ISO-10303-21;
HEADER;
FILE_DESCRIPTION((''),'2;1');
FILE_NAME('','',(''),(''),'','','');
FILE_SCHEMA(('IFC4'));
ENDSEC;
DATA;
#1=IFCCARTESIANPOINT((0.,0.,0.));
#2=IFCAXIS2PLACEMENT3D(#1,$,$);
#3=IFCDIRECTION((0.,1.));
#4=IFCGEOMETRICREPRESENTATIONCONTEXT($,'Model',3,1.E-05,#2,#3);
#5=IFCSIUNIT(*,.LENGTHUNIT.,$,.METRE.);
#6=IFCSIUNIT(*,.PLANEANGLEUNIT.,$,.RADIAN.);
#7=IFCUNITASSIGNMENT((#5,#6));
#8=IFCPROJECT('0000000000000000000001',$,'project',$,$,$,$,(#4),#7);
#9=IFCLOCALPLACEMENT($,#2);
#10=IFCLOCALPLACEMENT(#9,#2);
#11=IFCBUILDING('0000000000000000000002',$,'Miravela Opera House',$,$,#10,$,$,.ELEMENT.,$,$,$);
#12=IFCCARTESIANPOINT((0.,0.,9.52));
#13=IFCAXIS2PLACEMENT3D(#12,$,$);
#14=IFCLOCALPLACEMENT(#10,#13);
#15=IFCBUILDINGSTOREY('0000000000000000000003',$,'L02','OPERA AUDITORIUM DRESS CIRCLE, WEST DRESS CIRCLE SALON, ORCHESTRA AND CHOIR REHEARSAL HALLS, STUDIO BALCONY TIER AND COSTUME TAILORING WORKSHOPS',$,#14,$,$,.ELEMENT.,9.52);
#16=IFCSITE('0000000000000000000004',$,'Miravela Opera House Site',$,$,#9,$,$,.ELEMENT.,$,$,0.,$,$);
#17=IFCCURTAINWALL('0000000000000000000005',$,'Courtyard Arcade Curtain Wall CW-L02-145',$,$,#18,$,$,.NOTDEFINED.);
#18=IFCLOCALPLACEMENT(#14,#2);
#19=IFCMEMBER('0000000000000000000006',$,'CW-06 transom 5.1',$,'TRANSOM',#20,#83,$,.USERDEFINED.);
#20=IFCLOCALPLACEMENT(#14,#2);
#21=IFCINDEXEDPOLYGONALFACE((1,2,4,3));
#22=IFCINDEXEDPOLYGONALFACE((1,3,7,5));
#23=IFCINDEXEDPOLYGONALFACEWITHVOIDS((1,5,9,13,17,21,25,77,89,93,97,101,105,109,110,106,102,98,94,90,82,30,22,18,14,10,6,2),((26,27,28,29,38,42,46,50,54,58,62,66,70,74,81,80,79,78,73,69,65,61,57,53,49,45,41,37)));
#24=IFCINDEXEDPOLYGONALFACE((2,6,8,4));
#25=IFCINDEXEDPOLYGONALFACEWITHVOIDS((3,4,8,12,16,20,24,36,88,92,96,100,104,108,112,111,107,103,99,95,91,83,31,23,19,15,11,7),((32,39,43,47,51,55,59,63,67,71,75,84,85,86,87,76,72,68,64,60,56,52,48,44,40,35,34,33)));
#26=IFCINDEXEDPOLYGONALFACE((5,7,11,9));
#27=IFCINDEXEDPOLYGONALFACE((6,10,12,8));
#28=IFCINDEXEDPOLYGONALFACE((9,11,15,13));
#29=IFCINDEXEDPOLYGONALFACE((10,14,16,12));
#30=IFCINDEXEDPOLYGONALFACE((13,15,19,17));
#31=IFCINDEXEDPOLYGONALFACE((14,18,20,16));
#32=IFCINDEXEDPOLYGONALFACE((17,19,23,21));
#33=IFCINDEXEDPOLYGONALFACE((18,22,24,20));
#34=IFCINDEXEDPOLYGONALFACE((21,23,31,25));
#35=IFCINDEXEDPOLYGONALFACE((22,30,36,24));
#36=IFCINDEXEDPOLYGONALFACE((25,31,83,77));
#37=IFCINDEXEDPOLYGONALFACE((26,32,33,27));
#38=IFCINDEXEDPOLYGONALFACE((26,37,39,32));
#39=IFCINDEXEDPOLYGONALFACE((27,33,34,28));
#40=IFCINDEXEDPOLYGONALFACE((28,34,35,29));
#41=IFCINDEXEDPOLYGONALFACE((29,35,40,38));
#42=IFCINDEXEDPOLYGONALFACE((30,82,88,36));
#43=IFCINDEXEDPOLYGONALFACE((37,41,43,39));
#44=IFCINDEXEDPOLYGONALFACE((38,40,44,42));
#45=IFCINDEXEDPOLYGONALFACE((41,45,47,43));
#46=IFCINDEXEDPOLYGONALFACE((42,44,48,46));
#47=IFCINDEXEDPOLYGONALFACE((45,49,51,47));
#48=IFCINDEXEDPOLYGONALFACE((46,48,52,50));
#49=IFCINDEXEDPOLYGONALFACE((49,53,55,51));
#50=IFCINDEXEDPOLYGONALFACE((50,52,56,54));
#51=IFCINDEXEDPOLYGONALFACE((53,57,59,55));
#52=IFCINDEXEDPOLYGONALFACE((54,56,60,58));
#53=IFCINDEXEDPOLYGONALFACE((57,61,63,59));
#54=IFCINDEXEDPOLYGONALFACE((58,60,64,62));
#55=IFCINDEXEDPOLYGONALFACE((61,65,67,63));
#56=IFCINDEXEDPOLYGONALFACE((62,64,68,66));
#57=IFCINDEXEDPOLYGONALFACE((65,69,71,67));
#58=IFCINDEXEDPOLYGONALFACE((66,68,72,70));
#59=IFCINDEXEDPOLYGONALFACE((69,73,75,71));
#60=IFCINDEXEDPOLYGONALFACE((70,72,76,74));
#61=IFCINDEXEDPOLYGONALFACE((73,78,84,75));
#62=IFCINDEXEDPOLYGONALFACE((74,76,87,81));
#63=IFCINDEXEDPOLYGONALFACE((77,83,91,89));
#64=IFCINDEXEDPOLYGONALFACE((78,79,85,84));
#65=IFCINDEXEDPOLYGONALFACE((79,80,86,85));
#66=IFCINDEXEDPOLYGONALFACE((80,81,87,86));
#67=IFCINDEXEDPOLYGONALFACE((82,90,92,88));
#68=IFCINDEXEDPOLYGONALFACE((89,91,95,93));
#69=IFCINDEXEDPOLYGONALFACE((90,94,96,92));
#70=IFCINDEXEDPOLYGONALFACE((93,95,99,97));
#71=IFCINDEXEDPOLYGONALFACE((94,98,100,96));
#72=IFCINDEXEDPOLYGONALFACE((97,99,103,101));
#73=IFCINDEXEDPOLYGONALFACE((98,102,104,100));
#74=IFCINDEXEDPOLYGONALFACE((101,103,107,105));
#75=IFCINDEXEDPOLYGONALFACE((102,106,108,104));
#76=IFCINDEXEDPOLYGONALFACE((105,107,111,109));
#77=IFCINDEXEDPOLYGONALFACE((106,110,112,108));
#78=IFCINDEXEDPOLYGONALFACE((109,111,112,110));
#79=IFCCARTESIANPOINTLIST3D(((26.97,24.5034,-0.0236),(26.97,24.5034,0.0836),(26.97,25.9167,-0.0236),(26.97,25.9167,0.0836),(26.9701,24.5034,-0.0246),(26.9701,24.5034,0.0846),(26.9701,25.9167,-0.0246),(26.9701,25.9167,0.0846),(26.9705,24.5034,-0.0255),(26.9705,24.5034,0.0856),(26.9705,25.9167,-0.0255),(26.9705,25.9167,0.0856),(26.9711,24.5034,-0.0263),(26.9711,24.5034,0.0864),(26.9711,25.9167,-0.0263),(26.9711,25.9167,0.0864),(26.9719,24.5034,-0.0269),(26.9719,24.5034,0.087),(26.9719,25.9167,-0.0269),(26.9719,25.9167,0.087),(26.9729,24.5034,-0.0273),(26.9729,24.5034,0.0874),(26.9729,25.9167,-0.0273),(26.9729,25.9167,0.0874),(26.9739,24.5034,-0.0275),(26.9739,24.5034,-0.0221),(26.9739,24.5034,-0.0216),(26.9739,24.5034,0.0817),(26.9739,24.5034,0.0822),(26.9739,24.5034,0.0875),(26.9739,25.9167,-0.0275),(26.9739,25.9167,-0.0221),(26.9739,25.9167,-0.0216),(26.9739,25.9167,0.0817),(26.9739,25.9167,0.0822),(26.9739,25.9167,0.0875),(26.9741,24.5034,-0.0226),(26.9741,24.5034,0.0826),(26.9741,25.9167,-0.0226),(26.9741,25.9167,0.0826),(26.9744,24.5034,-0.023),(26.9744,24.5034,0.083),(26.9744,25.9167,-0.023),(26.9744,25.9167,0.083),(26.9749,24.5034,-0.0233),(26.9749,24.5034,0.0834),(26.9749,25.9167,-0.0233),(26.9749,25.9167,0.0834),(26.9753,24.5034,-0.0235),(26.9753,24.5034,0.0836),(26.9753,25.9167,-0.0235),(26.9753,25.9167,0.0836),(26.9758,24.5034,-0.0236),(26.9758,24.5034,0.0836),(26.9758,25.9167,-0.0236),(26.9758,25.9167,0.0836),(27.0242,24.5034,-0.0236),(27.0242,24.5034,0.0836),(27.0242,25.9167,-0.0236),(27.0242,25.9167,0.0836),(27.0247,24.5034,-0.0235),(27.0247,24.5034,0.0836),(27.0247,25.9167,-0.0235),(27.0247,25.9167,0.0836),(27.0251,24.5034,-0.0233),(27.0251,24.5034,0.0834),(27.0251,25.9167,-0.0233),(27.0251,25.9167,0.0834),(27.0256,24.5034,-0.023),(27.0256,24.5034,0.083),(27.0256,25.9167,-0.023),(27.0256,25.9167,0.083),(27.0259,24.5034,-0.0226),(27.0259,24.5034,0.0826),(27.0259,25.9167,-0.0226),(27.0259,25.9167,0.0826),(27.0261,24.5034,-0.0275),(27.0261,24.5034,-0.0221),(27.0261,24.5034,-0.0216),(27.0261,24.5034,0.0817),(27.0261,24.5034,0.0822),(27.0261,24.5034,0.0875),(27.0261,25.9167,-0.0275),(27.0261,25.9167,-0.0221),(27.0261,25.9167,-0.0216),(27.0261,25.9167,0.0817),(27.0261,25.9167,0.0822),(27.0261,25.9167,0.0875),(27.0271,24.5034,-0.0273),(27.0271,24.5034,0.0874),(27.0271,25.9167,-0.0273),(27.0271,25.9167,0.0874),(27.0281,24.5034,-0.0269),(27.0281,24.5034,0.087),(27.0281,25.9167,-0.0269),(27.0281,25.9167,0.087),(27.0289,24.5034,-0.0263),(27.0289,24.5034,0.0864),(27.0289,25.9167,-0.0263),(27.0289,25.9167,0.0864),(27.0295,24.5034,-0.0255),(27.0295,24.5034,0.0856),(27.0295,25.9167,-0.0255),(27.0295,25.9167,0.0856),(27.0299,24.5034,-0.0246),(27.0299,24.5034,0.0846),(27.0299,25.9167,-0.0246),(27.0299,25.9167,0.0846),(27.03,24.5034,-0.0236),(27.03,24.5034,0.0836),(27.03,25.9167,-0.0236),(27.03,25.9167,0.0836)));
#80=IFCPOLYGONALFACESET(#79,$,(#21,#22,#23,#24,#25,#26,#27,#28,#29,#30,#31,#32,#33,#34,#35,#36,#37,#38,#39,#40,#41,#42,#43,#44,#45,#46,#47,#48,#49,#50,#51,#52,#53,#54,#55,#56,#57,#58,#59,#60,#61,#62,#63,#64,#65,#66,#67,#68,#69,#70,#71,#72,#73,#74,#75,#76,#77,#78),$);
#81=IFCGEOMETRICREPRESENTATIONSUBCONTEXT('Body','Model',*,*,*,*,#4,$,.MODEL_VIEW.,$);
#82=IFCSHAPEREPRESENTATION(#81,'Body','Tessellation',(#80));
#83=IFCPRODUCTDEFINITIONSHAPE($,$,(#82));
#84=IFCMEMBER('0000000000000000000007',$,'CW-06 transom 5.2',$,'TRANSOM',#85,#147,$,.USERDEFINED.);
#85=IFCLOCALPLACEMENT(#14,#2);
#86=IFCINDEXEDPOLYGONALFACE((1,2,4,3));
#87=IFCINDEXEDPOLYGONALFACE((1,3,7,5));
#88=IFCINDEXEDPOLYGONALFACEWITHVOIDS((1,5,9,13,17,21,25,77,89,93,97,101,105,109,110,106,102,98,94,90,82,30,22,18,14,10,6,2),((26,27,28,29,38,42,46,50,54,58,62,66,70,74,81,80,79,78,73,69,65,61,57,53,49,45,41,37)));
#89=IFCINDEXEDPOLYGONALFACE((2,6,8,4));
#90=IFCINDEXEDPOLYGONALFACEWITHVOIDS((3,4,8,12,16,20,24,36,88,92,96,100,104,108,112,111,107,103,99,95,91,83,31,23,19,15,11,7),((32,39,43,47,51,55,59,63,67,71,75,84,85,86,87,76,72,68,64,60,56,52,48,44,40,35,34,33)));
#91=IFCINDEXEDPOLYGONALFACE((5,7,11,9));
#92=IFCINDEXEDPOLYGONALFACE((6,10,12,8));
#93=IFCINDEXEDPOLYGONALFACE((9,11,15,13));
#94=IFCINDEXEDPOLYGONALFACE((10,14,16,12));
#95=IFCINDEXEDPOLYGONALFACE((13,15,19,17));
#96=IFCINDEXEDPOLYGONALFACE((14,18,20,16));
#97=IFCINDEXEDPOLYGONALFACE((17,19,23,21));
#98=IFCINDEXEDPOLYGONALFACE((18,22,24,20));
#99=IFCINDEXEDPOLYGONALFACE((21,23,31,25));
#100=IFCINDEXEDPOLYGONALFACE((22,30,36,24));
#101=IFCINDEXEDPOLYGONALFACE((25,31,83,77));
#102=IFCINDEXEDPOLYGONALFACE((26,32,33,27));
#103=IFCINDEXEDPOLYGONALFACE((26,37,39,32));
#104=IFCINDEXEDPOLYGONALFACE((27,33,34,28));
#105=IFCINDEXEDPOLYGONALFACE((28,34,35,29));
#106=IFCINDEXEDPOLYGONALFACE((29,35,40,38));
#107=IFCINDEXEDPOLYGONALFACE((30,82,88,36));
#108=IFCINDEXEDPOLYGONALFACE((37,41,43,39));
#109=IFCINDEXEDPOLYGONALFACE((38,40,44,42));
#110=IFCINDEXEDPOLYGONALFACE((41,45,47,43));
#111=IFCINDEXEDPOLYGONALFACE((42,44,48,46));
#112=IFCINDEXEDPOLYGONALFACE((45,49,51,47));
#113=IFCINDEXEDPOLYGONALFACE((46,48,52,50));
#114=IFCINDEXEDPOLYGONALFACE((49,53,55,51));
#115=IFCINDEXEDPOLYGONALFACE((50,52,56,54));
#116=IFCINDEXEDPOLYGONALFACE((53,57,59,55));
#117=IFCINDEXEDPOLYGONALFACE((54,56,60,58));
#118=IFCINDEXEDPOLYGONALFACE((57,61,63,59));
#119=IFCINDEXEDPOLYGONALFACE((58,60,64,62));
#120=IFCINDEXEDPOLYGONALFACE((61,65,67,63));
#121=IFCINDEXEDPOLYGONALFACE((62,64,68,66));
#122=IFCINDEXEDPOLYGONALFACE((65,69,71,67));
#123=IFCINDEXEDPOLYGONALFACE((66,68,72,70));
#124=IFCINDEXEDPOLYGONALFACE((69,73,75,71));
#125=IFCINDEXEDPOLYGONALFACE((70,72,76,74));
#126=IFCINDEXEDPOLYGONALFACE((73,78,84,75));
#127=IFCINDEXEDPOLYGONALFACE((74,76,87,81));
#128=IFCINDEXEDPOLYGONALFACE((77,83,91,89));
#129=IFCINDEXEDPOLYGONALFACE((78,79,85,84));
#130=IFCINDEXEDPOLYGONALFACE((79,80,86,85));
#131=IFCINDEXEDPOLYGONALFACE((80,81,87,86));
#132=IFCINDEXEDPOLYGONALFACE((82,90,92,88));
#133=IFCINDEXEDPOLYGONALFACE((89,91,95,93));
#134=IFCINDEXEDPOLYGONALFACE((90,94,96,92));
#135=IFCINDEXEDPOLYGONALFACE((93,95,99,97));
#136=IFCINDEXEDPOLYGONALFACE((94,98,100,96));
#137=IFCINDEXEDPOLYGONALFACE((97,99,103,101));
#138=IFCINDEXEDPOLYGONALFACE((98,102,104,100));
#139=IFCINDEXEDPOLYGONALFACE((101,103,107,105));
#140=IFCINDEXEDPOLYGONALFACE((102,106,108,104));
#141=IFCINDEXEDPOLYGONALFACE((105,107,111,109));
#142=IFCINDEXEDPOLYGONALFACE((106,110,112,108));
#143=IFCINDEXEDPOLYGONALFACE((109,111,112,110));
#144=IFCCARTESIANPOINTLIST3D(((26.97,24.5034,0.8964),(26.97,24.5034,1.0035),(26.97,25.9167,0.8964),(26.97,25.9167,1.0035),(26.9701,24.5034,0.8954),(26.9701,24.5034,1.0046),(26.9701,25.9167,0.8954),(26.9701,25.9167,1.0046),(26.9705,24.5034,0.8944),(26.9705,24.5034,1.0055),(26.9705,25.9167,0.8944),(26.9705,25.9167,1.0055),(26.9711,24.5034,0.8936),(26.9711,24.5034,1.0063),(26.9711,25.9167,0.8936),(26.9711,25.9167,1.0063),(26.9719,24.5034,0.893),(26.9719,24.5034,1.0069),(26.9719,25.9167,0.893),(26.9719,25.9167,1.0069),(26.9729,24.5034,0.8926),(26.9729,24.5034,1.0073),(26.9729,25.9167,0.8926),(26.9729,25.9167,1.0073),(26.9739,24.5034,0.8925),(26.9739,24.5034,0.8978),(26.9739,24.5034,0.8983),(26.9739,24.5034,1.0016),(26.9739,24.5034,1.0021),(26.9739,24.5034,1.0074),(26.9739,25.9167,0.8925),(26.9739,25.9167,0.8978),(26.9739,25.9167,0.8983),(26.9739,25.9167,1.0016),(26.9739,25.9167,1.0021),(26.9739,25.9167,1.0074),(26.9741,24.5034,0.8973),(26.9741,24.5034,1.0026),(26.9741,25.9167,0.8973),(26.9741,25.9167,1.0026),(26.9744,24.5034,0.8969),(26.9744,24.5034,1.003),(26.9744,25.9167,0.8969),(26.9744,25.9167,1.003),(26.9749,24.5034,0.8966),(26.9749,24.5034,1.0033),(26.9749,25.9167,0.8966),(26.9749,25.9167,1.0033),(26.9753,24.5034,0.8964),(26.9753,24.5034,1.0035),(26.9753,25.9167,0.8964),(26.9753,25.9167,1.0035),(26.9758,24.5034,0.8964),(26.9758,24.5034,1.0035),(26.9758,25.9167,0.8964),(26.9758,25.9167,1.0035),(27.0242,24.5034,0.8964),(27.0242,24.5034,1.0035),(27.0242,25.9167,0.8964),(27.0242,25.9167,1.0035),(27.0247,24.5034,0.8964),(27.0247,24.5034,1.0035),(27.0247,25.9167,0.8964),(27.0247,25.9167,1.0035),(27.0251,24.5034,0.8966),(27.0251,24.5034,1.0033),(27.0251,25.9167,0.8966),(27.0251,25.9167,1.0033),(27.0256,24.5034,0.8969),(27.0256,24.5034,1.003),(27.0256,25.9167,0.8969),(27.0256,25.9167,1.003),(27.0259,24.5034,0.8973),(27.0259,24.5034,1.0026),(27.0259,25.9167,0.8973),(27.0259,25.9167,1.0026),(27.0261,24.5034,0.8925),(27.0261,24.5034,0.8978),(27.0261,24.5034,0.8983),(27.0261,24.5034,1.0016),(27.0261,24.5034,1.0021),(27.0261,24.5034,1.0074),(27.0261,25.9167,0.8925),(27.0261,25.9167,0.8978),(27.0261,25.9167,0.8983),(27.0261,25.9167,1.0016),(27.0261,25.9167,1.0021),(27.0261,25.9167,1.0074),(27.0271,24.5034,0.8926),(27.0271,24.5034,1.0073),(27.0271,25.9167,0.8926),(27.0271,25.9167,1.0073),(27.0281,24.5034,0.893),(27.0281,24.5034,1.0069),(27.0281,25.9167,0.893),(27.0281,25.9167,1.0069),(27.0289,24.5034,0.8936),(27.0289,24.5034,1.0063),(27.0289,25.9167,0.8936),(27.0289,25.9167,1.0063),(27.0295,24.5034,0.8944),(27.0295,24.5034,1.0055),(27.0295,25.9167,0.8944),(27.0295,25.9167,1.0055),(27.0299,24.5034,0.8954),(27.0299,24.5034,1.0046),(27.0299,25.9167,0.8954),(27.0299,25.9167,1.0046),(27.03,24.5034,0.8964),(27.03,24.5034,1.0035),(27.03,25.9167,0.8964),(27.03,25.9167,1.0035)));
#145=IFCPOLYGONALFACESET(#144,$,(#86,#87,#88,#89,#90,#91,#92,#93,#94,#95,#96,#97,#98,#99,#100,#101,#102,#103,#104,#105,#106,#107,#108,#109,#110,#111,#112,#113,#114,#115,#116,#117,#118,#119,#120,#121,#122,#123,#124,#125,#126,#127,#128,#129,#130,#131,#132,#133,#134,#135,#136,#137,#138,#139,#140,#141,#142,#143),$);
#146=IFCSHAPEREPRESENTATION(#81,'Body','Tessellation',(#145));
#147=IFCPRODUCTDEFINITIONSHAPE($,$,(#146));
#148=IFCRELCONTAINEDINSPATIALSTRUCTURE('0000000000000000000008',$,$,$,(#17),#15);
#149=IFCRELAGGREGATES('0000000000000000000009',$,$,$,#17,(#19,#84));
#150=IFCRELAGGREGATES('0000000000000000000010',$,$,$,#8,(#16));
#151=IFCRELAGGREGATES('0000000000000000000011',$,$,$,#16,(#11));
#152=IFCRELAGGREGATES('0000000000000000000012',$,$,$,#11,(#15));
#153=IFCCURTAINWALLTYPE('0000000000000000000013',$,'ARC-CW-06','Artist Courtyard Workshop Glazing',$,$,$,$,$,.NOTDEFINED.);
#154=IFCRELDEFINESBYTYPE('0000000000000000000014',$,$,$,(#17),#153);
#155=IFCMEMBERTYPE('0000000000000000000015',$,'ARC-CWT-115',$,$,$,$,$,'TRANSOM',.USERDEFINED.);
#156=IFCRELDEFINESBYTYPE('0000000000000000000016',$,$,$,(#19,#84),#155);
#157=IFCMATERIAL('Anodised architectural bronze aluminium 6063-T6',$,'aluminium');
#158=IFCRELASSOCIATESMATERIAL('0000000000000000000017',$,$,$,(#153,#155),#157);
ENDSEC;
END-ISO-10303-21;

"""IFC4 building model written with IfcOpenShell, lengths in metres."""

from ifc_helpers import new_model, si_unit, direction, frame, origin, origin_2d, place, context, subcontext, project, spatial, hollow_rectangle, extrude, material, material_profile, profile_set, type_object, element, aggregate, save


model = new_model("IFC4")

# Units and contexts
model_context = context("Model", 3, precision=1e-05, world=origin(), true_north=direction((0.0, 1.0)))
body_context = subcontext(model_context, "Body", "Model", "MODEL_VIEW")
ifc_project = project(units=[si_unit("LENGTHUNIT", "METRE"), si_unit("PLANEANGLEUNIT", "RADIAN")], contexts=[model_context])

# Site, building, storey
site_placement = place(None, origin())
site = spatial("IfcSite", under=ifc_project, at=site_placement, Name="Miravela Opera House Site", CompositionType="ELEMENT", RefElevation=0.0)
building_placement = place(site_placement, origin())
building = spatial("IfcBuilding", under=site, at=building_placement, Name="Miravela Opera House", CompositionType="ELEMENT")
storey_placement = place(building_placement, frame((0.0, 0.0, 9.52)))
storey = spatial("IfcBuildingStorey", under=building, at=storey_placement, Name="L02", Description="OPERA AUDITORIUM DRESS CIRCLE, WEST DRESS CIRCLE SALON, ORCHESTRA AND CHOIR REHEARSAL HALLS, STUDIO BALCONY TIER AND COSTUME TAILORING WORKSHOPS", CompositionType="ELEMENT", Elevation=9.52)

# Curtain wall, members
ifc_material_1 = material(Name="Anodised architectural bronze aluminium 6063-T6", Category="aluminium")
curtain_wall_type = type_object("IfcCurtainWallType", Name="ARC-CW-06", Description="Artist Courtyard Workshop Glazing", PredefinedType="NOTDEFINED", material=ifc_material_1)
curtain_wall_placement = place(storey_placement, origin())
curtain_wall = element("IfcCurtainWall", 1, at=curtain_wall_placement, inside=storey, type_object=curtain_wall_type, Name="Courtyard Arcade Curtain Wall CW-L02-145", PredefinedType="NOTDEFINED")
ifc_material_profile_1 = material_profile(ifc_material_1, hollow_rectangle(XDim=0.0601, YDim=0.115, WallThickness=0.0039, InnerFilletRadius=0.002, OuterFilletRadius=0.0039, at=origin_2d()), Name="CWT-60X115")
ifc_profile_set_1 = profile_set([ifc_material_profile_1])
member_type_1 = type_object("IfcMemberType", Name="ARC-CWT-115", ElementType="TRANSOM", PredefinedType="USERDEFINED", material=ifc_profile_set_1)
member_1_placement = place(storey_placement, frame((27.0, 24.5034, 0.03), z_axis=(0.0, 1.0, 0.0), x_axis=(-1.0, 0.0, 0.0)))
member_1 = element("IfcMember", 2, at=member_1_placement, type_object=member_type_1, Name="CW-06 transom 5.1", ObjectType="TRANSOM", PredefinedType="USERDEFINED", context=body_context, shape_type="SweptSolid", body=[
    extrude(hollow_rectangle(XDim=0.0601, YDim=0.115, WallThickness=0.0039, InnerFilletRadius=0.002, OuterFilletRadius=0.0039, at=origin_2d()), origin(), (0.0, 0.0, 1.0), 1.4133),
])
member_2_placement = place(storey_placement, frame((27.0, 24.5034, 0.95), z_axis=(0.0, 1.0, 0.0), x_axis=(-1.0, 0.0, 0.0)))
member_2 = element("IfcMember", 3, at=member_2_placement, type_object=member_type_1, Name="CW-06 transom 5.2", ObjectType="TRANSOM", PredefinedType="USERDEFINED", context=body_context, shape_type="SweptSolid", body=[
    extrude(hollow_rectangle(XDim=0.0601, YDim=0.115, WallThickness=0.0039, InnerFilletRadius=0.002, OuterFilletRadius=0.0039, at=origin_2d()), origin(), (0.0, 0.0, 1.0), 1.4133),
])

aggregate(curtain_wall, [member_1, member_2])

save(model, "model.ifc")
